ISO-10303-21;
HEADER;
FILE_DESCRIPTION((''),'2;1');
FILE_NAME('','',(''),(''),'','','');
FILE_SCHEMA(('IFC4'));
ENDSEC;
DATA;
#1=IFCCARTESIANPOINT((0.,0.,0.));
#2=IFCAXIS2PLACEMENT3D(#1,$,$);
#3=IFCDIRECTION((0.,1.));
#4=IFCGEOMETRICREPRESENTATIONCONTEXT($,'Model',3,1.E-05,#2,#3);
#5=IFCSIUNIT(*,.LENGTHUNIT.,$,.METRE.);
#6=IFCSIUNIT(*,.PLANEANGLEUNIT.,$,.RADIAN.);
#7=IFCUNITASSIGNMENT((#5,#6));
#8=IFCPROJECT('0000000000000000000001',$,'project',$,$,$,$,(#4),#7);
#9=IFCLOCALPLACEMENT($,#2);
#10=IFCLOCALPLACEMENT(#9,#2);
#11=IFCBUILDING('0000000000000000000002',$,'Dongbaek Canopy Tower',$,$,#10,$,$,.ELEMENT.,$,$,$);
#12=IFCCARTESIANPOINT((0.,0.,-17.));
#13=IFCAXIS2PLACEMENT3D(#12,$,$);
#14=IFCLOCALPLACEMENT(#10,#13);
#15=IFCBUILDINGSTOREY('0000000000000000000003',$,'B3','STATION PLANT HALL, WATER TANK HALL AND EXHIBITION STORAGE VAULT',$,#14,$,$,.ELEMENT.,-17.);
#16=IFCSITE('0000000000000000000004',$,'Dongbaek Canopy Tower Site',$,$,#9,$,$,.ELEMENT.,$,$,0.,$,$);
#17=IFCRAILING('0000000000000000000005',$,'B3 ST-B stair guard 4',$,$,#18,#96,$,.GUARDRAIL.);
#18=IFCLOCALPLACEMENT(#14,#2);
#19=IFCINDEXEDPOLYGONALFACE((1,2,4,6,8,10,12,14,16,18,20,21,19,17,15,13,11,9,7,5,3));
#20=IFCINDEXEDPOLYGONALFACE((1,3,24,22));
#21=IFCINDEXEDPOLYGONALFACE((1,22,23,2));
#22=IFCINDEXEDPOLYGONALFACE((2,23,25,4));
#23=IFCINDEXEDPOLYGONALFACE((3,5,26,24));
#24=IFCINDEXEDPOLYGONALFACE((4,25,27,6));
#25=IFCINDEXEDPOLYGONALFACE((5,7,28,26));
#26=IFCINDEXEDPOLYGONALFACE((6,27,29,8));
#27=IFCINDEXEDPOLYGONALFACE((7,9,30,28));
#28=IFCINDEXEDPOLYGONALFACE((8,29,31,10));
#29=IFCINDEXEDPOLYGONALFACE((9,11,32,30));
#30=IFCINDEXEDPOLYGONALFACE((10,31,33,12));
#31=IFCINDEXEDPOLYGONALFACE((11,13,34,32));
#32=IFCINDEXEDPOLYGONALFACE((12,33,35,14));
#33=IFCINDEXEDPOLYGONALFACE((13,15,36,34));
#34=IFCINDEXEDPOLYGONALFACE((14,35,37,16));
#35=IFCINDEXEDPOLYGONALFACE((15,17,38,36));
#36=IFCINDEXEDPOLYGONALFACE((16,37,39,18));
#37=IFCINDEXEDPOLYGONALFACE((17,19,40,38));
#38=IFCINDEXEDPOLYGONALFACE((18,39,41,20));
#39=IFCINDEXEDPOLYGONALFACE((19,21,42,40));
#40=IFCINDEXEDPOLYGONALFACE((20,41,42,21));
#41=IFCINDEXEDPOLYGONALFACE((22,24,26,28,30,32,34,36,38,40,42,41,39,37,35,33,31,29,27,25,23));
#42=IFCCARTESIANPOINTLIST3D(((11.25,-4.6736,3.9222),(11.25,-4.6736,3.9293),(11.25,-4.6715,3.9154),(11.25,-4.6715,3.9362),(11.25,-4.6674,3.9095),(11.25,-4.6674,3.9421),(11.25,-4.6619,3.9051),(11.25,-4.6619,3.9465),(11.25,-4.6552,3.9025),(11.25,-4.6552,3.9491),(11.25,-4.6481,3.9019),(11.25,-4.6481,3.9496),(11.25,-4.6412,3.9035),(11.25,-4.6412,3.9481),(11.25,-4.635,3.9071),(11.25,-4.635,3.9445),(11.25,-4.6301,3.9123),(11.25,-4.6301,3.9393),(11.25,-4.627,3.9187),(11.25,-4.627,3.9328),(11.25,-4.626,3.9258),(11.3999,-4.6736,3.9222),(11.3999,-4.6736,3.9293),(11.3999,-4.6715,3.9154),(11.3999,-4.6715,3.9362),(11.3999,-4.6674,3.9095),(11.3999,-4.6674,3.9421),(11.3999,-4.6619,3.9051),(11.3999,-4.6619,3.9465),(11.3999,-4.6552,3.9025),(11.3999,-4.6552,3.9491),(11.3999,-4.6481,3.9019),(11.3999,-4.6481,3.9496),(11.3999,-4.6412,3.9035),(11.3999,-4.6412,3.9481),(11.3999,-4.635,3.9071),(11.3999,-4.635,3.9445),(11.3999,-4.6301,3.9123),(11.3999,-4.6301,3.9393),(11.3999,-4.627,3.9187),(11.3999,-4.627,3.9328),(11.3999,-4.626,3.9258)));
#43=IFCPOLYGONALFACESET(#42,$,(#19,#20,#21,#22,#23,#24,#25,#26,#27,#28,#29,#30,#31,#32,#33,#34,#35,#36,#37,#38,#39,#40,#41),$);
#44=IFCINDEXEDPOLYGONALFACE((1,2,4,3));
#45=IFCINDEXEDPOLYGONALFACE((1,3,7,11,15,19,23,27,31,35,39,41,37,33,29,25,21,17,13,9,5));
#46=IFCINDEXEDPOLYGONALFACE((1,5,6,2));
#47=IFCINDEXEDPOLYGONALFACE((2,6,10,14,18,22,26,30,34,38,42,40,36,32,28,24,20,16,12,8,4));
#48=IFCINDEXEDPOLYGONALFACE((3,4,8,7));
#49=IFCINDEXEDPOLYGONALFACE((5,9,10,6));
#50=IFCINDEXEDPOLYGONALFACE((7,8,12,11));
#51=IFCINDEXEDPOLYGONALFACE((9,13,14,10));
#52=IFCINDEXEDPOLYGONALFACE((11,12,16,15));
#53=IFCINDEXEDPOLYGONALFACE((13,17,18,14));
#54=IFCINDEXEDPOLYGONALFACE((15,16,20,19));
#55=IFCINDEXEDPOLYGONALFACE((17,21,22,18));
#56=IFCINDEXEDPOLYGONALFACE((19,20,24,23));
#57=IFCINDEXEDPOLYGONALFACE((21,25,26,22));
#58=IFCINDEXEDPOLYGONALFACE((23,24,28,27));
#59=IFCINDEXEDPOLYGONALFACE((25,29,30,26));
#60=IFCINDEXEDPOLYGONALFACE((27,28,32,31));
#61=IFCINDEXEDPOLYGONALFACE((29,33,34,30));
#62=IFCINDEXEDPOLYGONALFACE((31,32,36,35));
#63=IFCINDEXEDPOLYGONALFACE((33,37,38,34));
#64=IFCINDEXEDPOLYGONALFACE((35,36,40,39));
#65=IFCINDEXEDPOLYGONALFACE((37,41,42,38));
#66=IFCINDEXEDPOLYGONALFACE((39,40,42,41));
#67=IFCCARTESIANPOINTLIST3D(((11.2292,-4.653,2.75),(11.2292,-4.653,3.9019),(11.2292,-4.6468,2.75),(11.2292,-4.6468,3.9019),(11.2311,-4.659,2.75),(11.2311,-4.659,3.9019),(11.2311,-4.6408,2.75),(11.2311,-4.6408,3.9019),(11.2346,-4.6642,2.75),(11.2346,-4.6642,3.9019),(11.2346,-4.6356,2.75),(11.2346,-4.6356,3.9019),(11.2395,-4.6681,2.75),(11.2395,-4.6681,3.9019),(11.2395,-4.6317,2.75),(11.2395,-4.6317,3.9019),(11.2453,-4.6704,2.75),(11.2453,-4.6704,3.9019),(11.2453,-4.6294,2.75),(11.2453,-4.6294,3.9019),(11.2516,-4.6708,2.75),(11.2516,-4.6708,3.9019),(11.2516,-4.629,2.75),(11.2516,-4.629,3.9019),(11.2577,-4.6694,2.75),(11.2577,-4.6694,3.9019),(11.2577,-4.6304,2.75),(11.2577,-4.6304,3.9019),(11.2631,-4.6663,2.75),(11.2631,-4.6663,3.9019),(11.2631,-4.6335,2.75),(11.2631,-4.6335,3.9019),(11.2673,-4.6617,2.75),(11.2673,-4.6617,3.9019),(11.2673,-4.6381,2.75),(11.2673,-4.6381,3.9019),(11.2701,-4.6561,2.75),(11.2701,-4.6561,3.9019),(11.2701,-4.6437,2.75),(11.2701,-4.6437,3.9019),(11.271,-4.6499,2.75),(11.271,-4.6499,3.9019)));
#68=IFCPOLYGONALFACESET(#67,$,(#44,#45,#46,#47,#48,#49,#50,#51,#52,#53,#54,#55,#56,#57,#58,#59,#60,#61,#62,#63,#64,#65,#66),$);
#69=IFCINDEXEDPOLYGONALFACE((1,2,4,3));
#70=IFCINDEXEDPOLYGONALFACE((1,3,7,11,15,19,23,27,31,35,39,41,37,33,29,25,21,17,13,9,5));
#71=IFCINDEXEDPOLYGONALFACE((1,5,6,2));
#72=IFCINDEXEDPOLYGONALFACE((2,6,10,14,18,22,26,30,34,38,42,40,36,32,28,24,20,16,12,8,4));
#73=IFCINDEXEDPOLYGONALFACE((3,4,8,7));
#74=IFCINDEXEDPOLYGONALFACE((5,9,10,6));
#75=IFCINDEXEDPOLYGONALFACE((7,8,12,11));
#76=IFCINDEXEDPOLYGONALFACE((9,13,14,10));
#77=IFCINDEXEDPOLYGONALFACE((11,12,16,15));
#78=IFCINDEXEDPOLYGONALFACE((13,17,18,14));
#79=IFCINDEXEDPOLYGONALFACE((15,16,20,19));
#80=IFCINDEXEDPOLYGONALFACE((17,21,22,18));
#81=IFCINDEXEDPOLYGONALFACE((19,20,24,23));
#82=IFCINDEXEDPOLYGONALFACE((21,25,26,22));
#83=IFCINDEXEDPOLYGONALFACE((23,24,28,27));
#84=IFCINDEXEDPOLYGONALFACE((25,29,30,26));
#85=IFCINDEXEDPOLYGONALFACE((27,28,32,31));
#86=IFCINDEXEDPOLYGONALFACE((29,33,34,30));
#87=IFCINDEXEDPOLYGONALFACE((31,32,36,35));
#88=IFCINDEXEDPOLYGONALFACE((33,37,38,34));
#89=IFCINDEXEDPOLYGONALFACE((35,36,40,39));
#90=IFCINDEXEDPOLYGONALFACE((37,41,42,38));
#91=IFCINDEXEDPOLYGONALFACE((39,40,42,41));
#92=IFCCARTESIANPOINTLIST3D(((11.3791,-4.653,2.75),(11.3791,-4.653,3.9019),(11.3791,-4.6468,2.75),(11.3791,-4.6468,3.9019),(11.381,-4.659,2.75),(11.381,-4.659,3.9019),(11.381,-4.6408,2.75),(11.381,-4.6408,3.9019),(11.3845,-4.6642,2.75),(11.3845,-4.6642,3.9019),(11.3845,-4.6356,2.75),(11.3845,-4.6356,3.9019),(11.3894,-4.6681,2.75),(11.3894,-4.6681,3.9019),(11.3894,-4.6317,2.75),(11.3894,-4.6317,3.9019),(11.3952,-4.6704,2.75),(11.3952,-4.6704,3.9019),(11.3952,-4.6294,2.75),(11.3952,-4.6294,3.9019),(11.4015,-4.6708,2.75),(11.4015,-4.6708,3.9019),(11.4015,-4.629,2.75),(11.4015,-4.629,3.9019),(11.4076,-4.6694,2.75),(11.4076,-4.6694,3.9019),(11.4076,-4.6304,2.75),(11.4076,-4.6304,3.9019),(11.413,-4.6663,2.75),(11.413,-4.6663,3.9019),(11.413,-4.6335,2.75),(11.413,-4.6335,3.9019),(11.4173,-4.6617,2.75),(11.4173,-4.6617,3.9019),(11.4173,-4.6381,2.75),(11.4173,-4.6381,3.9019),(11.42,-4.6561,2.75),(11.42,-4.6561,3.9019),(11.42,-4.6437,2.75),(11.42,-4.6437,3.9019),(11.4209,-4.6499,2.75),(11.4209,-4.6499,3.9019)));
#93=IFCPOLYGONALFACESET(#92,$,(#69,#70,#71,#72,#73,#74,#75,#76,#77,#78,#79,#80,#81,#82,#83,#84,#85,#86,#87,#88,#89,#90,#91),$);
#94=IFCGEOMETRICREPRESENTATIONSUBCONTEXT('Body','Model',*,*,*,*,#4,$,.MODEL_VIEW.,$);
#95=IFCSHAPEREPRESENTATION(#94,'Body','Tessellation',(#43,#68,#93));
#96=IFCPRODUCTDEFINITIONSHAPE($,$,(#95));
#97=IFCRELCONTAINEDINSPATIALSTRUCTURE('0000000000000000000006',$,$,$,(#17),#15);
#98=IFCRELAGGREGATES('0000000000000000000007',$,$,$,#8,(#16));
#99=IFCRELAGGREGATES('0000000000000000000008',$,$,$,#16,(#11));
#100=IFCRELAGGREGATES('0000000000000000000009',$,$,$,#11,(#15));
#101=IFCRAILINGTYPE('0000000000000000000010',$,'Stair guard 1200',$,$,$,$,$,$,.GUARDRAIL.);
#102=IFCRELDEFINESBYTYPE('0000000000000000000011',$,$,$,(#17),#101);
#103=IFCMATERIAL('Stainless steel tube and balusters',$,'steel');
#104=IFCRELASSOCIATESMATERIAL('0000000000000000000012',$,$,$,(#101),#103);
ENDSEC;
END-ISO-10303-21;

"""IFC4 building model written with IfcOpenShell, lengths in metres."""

from ifc_helpers import new_model, si_unit, direction, frame, origin, origin_2d, place, context, subcontext, project, spatial, circle, extrude, material, type_object, element, save


model = new_model("IFC4")

# Units and contexts
model_context = context("Model", 3, precision=1e-05, world=origin(), true_north=direction((0.0, 1.0)))
body_context = subcontext(model_context, "Body", "Model", "MODEL_VIEW")
ifc_project = project(units=[si_unit("LENGTHUNIT", "METRE"), si_unit("PLANEANGLEUNIT", "RADIAN")], contexts=[model_context])

# Site, building, storey
site_placement = place(None, origin())
site = spatial("IfcSite", under=ifc_project, at=site_placement, Name="Dongbaek Canopy Tower Site", CompositionType="ELEMENT", RefElevation=0.0)
building_placement = place(site_placement, origin())
building = spatial("IfcBuilding", under=site, at=building_placement, Name="Dongbaek Canopy Tower", CompositionType="ELEMENT")
storey_placement = place(building_placement, frame((0.0, 0.0, -17.0)))
storey = spatial("IfcBuildingStorey", under=building, at=storey_placement, Name="B3", Description="STATION PLANT HALL, WATER TANK HALL AND EXHIBITION STORAGE VAULT", CompositionType="ELEMENT", Elevation=-17.0)

# Railing
ifc_material_1 = material(Name="Stainless steel tube and balusters", Category="steel")
railing_type_1 = type_object("IfcRailingType", Name="Stair guard 1200", PredefinedType="GUARDRAIL", material=ifc_material_1)
railing_1_placement = place(storey_placement, frame((11.25, -4.6499, 2.75)))
element("IfcRailing", 1, at=railing_1_placement, inside=storey, type_object=railing_type_1, Name="B3 ST-B stair guard 4", PredefinedType="GUARDRAIL", context=body_context, shape_type="SweptSolid", body=[
    extrude(circle(Radius=0.0239, at=origin_2d()), frame((0.0, 0.0, 1.1758), z_axis=(1.0, 0.0, 0.0), x_axis=(0.0, 1.0, 0.0)), (0.0, 0.0, 1.0), 0.1499),
    extrude(circle(Radius=0.021, at=origin_2d()), origin(), (0.0, 0.0, 1.0), 1.1519),
    extrude(circle(Radius=0.021, at=origin_2d()), frame((0.1499, 0.0, 0.0)), (0.0, 0.0, 1.0), 1.1519),
])

save(model, "model.ifc")
